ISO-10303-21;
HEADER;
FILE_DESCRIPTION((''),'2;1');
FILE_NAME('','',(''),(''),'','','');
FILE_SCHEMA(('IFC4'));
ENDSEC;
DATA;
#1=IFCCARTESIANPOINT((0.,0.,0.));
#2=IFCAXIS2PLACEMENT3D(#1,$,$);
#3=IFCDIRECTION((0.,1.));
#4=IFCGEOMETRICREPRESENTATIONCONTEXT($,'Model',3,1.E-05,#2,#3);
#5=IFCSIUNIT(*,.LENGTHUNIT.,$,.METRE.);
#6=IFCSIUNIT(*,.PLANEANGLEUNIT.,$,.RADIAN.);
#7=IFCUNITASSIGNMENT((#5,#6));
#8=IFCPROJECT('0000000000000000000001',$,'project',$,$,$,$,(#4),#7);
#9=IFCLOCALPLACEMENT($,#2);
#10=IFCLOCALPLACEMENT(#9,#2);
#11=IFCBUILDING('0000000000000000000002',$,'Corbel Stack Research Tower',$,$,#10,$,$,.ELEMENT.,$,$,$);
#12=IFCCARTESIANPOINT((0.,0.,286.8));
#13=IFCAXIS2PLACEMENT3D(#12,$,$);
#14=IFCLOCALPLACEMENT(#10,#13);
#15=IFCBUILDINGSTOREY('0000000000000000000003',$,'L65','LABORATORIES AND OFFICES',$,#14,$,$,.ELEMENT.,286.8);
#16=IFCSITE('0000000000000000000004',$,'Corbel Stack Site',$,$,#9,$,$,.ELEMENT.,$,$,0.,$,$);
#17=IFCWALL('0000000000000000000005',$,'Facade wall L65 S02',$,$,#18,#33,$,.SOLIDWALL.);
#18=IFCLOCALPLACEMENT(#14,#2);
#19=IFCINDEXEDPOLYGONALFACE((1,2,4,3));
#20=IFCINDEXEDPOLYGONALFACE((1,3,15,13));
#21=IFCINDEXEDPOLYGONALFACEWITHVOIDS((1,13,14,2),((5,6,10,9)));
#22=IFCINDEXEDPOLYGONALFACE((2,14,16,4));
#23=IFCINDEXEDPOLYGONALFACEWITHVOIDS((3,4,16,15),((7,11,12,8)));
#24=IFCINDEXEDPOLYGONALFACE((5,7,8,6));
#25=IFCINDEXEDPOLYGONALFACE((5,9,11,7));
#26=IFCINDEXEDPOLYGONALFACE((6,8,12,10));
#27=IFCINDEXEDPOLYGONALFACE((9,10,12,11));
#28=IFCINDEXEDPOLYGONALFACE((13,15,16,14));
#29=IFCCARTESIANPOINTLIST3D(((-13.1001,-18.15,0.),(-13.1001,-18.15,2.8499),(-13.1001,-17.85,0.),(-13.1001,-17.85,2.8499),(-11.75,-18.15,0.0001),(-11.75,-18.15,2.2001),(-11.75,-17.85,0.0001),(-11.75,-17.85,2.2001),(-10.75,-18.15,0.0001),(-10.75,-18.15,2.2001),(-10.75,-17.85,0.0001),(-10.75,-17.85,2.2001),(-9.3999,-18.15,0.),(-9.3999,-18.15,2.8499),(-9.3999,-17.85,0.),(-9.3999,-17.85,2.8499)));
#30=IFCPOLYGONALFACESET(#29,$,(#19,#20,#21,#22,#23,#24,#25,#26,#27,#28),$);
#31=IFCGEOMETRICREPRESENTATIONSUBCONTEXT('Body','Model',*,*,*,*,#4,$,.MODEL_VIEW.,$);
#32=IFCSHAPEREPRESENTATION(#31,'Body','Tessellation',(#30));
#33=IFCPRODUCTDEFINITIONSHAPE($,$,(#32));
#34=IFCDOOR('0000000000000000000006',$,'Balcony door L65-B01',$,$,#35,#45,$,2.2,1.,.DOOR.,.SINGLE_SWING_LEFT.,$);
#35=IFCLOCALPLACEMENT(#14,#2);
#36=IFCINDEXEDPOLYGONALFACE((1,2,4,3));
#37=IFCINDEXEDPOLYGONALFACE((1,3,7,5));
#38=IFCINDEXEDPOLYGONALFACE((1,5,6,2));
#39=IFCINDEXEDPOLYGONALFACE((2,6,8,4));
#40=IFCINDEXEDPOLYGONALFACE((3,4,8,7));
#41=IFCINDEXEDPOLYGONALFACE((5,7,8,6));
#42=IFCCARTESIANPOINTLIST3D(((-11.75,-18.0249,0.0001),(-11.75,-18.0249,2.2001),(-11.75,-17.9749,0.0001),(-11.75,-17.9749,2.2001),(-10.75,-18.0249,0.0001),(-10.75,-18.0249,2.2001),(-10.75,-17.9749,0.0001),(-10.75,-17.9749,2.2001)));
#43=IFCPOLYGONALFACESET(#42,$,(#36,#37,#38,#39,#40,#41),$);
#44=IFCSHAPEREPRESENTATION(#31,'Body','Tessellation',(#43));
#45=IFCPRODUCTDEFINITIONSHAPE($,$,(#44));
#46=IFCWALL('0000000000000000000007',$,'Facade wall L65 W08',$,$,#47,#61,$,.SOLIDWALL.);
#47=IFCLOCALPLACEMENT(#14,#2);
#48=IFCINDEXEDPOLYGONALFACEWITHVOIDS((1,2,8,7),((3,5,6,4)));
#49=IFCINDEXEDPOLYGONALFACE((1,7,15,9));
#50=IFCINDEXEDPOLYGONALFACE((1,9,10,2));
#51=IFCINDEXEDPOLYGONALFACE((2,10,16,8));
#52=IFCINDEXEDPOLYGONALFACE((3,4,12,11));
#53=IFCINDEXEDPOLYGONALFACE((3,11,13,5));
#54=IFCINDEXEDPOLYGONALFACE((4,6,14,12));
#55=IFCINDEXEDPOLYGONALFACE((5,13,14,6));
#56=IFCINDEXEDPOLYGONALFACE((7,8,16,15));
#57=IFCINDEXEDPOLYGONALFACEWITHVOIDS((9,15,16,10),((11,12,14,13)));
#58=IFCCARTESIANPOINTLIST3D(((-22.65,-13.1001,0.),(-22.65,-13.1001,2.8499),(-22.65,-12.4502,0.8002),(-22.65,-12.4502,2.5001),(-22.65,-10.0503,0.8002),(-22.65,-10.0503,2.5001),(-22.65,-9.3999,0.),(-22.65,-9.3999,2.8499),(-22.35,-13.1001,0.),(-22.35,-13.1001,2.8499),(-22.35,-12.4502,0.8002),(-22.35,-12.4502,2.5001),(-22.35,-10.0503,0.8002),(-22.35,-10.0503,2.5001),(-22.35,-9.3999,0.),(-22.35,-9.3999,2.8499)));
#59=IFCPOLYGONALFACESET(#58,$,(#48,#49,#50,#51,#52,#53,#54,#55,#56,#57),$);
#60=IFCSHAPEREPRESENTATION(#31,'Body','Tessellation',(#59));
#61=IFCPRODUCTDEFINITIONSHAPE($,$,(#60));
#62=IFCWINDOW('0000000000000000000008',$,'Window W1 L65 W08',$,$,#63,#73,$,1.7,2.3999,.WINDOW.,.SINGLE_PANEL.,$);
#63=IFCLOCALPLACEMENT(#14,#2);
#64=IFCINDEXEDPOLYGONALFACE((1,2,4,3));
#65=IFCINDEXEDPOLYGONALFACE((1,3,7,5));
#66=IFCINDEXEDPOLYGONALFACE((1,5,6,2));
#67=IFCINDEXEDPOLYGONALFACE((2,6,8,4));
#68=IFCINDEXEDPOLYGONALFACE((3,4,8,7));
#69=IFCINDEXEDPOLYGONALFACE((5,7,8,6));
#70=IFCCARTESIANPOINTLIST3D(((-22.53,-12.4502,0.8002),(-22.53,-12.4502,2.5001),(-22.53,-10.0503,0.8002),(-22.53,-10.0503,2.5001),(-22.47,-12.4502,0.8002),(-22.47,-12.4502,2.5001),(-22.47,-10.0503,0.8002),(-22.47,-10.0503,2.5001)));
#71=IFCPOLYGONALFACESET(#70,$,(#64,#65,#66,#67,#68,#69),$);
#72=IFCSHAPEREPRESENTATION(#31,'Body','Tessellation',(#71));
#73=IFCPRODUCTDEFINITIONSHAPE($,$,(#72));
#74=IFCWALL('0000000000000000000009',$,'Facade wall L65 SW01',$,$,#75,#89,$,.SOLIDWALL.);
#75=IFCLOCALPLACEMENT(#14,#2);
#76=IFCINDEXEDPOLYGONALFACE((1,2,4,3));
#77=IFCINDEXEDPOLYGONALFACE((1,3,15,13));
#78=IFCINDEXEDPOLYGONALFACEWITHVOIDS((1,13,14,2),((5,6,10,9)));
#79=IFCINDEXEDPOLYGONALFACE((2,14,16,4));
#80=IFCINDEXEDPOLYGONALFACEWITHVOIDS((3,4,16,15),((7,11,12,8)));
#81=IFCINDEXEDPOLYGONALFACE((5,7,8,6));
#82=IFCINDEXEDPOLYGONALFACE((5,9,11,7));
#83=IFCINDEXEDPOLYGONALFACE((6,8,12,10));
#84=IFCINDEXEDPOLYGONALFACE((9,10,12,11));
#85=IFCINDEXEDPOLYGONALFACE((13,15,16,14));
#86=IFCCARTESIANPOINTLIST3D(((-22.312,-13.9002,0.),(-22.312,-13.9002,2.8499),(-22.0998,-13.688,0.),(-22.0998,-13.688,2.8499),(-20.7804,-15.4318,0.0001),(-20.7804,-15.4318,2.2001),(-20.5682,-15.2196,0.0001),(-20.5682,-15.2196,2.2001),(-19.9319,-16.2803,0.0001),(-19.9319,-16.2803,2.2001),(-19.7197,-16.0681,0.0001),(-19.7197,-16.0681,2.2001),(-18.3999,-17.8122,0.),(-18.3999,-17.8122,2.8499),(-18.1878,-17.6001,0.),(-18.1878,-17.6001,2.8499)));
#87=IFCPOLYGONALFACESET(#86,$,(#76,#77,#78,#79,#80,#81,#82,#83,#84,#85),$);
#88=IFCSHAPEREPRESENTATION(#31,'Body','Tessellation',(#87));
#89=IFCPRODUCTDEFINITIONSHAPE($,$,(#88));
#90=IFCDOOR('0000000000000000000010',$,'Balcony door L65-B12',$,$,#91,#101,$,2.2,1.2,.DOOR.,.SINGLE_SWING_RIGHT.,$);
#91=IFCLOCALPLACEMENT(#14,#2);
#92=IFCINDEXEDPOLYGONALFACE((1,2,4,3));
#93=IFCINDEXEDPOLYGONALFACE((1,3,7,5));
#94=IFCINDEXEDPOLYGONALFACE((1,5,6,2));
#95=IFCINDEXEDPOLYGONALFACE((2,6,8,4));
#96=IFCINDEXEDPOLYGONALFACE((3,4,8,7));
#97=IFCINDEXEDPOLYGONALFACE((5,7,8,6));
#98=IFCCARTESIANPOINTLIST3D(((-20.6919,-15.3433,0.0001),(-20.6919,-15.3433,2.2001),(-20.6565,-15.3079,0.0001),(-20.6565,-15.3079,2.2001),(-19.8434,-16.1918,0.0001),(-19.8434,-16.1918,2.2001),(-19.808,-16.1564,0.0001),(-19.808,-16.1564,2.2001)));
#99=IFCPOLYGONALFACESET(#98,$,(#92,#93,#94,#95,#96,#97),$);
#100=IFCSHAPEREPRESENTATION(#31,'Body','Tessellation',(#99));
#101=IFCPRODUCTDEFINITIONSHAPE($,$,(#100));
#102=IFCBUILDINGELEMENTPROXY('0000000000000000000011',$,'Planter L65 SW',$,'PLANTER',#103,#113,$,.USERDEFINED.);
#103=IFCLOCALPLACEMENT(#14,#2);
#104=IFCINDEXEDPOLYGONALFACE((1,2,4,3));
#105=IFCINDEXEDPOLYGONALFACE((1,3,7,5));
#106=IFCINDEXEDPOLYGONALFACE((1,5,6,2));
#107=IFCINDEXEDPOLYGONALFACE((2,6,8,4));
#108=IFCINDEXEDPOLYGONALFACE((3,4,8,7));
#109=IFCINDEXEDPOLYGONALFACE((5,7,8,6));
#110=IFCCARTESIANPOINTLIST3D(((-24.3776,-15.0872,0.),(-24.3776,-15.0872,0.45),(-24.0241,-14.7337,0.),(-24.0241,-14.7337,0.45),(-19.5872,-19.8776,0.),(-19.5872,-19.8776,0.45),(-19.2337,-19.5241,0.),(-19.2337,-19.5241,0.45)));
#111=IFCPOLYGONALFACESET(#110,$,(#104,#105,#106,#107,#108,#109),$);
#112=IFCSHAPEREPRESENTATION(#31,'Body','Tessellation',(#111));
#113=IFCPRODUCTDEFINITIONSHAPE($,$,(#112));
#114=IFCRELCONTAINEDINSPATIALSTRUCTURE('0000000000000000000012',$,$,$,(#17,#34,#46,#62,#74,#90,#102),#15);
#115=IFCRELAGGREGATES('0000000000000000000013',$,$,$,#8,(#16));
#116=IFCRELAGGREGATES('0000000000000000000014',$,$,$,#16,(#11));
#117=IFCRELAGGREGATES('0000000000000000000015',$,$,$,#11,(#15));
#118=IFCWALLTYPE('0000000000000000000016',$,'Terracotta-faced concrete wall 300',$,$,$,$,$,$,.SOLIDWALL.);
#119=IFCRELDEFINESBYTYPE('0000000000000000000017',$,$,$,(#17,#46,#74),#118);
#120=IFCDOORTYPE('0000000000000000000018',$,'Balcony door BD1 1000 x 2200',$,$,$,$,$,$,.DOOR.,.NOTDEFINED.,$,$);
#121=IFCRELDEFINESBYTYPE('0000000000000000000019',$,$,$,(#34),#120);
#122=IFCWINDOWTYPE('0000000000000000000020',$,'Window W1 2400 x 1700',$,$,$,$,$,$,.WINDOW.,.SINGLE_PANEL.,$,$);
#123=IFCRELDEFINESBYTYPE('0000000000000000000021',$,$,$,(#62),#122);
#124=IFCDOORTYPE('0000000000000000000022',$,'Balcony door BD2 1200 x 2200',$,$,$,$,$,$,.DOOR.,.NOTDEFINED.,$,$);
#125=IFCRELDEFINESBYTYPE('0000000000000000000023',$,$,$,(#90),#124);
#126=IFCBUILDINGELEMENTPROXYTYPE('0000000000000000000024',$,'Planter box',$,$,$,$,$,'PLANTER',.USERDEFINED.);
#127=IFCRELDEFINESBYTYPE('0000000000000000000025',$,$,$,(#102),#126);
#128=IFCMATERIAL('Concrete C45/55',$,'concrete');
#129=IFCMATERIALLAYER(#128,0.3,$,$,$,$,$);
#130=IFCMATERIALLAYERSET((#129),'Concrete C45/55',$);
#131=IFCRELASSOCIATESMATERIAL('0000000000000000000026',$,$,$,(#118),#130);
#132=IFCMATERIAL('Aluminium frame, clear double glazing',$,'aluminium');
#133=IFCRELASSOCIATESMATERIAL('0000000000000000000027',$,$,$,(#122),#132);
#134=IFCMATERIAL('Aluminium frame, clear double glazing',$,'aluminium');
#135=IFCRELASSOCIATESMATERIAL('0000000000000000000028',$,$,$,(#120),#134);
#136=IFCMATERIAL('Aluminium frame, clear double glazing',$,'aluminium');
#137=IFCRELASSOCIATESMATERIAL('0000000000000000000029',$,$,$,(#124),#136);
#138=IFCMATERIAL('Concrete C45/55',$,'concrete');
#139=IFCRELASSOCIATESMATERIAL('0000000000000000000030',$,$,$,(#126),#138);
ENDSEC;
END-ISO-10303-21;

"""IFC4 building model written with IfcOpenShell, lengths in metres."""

from ifc_helpers import new_model, si_unit, direction, frame, frame_2d, origin, origin_2d, place, context, subcontext, project, spatial, rectangle, extrude, material, layer, layer_set, type_object, element, fill, save


model = new_model("IFC4")

# Units and contexts
model_context = context("Model", 3, precision=1e-05, world=origin(), true_north=direction((0.0, 1.0)))
body_context = subcontext(model_context, "Body", "Model", "MODEL_VIEW")
ifc_project = project(units=[si_unit("LENGTHUNIT", "METRE"), si_unit("PLANEANGLEUNIT", "RADIAN")], contexts=[model_context])

# Site, building, storey
site_placement = place(None, origin())
site = spatial("IfcSite", under=ifc_project, at=site_placement, Name="Corbel Stack Site", CompositionType="ELEMENT", RefElevation=0.0)
building_placement = place(site_placement, origin())
building = spatial("IfcBuilding", under=site, at=building_placement, Name="Corbel Stack Research Tower", CompositionType="ELEMENT")
storey_placement = place(building_placement, frame((0.0, 0.0, 286.8)))
storey = spatial("IfcBuildingStorey", under=building, at=storey_placement, Name="L65", Description="LABORATORIES AND OFFICES", CompositionType="ELEMENT", Elevation=286.8)

# Shared definitions
ifc_material_1 = material(Name="Concrete C45/55", Category="concrete")
ifc_layer_1 = layer(ifc_material_1, 0.3)
ifc_layer_set_1 = layer_set([ifc_layer_1], Name="Concrete C45/55")
wall_type_1 = type_object("IfcWallType", Name="Terracotta-faced concrete wall 300", PredefinedType="SOLIDWALL", material=ifc_layer_set_1)
ifc_material_2 = material(Name="Aluminium frame, clear double glazing", Category="aluminium")
window_type = type_object("IfcWindowType", Name="Window W1 2400 x 1700", PartitioningType="SINGLE_PANEL", PredefinedType="WINDOW", material=ifc_material_2)

# Wall, opening, door
wall_1_placement = place(storey_placement, frame((-9.3999, -18.0, 0.0), z_axis=(0.0, 0.0, 1.0), x_axis=(-1.0, 0.0, 0.0)))
wall_1 = element("IfcWall", 1, at=wall_1_placement, inside=storey, type_object=wall_type_1, Name="Facade wall L65 S02", PredefinedType="SOLIDWALL", context=body_context, shape_type="SweptSolid", body=[
    extrude(rectangle(XDim=3.7002, YDim=0.3, at=frame_2d((1.8501, 0.0))), origin(), (0.0, 0.0, 1.0), 2.8499),
])
opening_1_placement = place(wall_1_placement, frame((1.3501, 0.0, 0.0)))
opening_1 = element("IfcOpeningElement", 2, at=opening_1_placement, cuts=wall_1, PredefinedType="OPENING", context=body_context, shape_type="SweptSolid", body=[
    extrude(rectangle(XDim=1.0, YDim=2.2, at=frame_2d((0.5, 1.1001))), frame((0.0, 0.1599, 0.0), z_axis=(0.0, -1.0, 0.0), x_axis=(1.0, 0.0, 0.0)), (0.0, 0.0, 1.0), 0.3201),
])
ifc_material_3 = material(Name="Aluminium frame, clear double glazing", Category="aluminium")
door_type_1 = type_object("IfcDoorType", Name="Balcony door BD1 1000 x 2200", OperationType="NOTDEFINED", PredefinedType="DOOR", material=ifc_material_3)
door_1_placement = place(opening_1_placement, origin())
door_1 = element("IfcDoor", 3, at=door_1_placement, inside=storey, type_object=door_type_1, Name="Balcony door L65-B01", OperationType="SINGLE_SWING_LEFT", OverallHeight=2.2, OverallWidth=1.0, PredefinedType="DOOR", context=body_context, shape_type="SweptSolid", body=[
    extrude(rectangle(XDim=1.0, YDim=2.2, at=frame_2d((0.5, 1.1001))), frame((0.0, 0.0249, 0.0), z_axis=(0.0, -1.0, 0.0), x_axis=(1.0, 0.0, 0.0)), (0.0, 0.0, 1.0), 0.05),
])
fill(opening_1, door_1)

# Wall, opening, window
wall_2_placement = place(storey_placement, frame((-22.5, -13.1001, 0.0), z_axis=(0.0, 0.0, 1.0), x_axis=(0.0, 1.0, 0.0)))
wall_2 = element("IfcWall", 4, at=wall_2_placement, inside=storey, type_object=wall_type_1, Name="Facade wall L65 W08", PredefinedType="SOLIDWALL", context=body_context, shape_type="SweptSolid", body=[
    extrude(rectangle(XDim=3.7002, YDim=0.3, at=frame_2d((1.8501, 0.0))), origin(), (0.0, 0.0, 1.0), 2.8499),
])
opening_2_placement = place(wall_2_placement, frame((0.6499, 0.0, 0.8)))
opening_2 = element("IfcOpeningElement", 5, at=opening_2_placement, cuts=wall_2, PredefinedType="OPENING", context=body_context, shape_type="SweptSolid", body=[
    extrude(rectangle(XDim=2.3999, YDim=1.7, at=frame_2d((1.2, 0.8501))), frame((0.0, 0.1599, 0.0), z_axis=(0.0, -1.0, 0.0), x_axis=(1.0, 0.0, 0.0)), (0.0, 0.0, 1.0), 0.3201),
])
window_1_placement = place(opening_2_placement, origin())
window_1 = element("IfcWindow", 6, at=window_1_placement, inside=storey, type_object=window_type, Name="Window W1 L65 W08", OverallHeight=1.7, OverallWidth=2.3999, PartitioningType="SINGLE_PANEL", PredefinedType="WINDOW", context=body_context, shape_type="SweptSolid", body=[
    extrude(rectangle(XDim=2.3999, YDim=1.7, at=frame_2d((1.2, 0.8501))), frame((0.0, 0.03, 0.0), z_axis=(0.0, -1.0, 0.0), x_axis=(1.0, 0.0, 0.0)), (0.0, 0.0, 1.0), 0.0601),
])
fill(opening_2, window_1)

# Wall, opening, door
wall_3_placement = place(storey_placement, frame((-18.2939, -17.7061, 0.0), z_axis=(0.0, 0.0, 1.0), x_axis=(-0.707107, 0.707107, 0.0)))
wall_3 = element("IfcWall", 7, at=wall_3_placement, inside=storey, type_object=wall_type_1, Name="Facade wall L65 SW01", PredefinedType="SOLIDWALL", context=body_context, shape_type="SweptSolid", body=[
    extrude(rectangle(XDim=5.5325, YDim=0.3, at=frame_2d((2.7661, 0.0))), origin(), (0.0, 0.0, 1.0), 2.8499),
])
opening_3_placement = place(wall_3_placement, frame((2.1663, 0.0, 0.0)))
opening_3 = element("IfcOpeningElement", 8, at=opening_3_placement, cuts=wall_3, PredefinedType="OPENING", context=body_context, shape_type="SweptSolid", body=[
    extrude(rectangle(XDim=1.2, YDim=2.2, at=frame_2d((0.6001, 1.1001))), frame((0.0, 0.1599, 0.0), z_axis=(0.0, -1.0, 0.0), x_axis=(1.0, 0.0, 0.0)), (0.0, 0.0, 1.0), 0.3201),
])
ifc_material_4 = material(Name="Aluminium frame, clear double glazing", Category="aluminium")
door_type_2 = type_object("IfcDoorType", Name="Balcony door BD2 1200 x 2200", OperationType="NOTDEFINED", PredefinedType="DOOR", material=ifc_material_4)
door_2_placement = place(opening_3_placement, origin())
door_2 = element("IfcDoor", 9, at=door_2_placement, inside=storey, type_object=door_type_2, Name="Balcony door L65-B12", OperationType="SINGLE_SWING_RIGHT", OverallHeight=2.2, OverallWidth=1.2, PredefinedType="DOOR", context=body_context, shape_type="SweptSolid", body=[
    extrude(rectangle(XDim=1.2, YDim=2.2, at=frame_2d((0.6001, 1.1001))), frame((0.0, 0.0249, 0.0), z_axis=(0.0, -1.0, 0.0), x_axis=(1.0, 0.0, 0.0)), (0.0, 0.0, 1.0), 0.05),
])
fill(opening_3, door_2)

# Building element proxy
ifc_material_5 = material(Name="Concrete C45/55", Category="concrete")
building_element_proxy_type = type_object("IfcBuildingElementProxyType", Name="Planter box", ElementType="PLANTER", PredefinedType="USERDEFINED", material=ifc_material_5)
proxy_placement = place(storey_placement, frame((-21.8057, -17.3057, 0.0), z_axis=(0.0, 0.0, 1.0), x_axis=(0.707107, -0.707107, 0.0)))
element("IfcBuildingElementProxy", 10, at=proxy_placement, inside=storey, type_object=building_element_proxy_type, Name="Planter L65 SW", ObjectType="PLANTER", PredefinedType="USERDEFINED", context=body_context, shape_type="SweptSolid", body=[
    extrude(rectangle(XDim=6.7747, YDim=0.5, at=origin_2d()), origin(), (0.0, 0.0, 1.0), 0.45),
])

save(model, "model.ifc")
